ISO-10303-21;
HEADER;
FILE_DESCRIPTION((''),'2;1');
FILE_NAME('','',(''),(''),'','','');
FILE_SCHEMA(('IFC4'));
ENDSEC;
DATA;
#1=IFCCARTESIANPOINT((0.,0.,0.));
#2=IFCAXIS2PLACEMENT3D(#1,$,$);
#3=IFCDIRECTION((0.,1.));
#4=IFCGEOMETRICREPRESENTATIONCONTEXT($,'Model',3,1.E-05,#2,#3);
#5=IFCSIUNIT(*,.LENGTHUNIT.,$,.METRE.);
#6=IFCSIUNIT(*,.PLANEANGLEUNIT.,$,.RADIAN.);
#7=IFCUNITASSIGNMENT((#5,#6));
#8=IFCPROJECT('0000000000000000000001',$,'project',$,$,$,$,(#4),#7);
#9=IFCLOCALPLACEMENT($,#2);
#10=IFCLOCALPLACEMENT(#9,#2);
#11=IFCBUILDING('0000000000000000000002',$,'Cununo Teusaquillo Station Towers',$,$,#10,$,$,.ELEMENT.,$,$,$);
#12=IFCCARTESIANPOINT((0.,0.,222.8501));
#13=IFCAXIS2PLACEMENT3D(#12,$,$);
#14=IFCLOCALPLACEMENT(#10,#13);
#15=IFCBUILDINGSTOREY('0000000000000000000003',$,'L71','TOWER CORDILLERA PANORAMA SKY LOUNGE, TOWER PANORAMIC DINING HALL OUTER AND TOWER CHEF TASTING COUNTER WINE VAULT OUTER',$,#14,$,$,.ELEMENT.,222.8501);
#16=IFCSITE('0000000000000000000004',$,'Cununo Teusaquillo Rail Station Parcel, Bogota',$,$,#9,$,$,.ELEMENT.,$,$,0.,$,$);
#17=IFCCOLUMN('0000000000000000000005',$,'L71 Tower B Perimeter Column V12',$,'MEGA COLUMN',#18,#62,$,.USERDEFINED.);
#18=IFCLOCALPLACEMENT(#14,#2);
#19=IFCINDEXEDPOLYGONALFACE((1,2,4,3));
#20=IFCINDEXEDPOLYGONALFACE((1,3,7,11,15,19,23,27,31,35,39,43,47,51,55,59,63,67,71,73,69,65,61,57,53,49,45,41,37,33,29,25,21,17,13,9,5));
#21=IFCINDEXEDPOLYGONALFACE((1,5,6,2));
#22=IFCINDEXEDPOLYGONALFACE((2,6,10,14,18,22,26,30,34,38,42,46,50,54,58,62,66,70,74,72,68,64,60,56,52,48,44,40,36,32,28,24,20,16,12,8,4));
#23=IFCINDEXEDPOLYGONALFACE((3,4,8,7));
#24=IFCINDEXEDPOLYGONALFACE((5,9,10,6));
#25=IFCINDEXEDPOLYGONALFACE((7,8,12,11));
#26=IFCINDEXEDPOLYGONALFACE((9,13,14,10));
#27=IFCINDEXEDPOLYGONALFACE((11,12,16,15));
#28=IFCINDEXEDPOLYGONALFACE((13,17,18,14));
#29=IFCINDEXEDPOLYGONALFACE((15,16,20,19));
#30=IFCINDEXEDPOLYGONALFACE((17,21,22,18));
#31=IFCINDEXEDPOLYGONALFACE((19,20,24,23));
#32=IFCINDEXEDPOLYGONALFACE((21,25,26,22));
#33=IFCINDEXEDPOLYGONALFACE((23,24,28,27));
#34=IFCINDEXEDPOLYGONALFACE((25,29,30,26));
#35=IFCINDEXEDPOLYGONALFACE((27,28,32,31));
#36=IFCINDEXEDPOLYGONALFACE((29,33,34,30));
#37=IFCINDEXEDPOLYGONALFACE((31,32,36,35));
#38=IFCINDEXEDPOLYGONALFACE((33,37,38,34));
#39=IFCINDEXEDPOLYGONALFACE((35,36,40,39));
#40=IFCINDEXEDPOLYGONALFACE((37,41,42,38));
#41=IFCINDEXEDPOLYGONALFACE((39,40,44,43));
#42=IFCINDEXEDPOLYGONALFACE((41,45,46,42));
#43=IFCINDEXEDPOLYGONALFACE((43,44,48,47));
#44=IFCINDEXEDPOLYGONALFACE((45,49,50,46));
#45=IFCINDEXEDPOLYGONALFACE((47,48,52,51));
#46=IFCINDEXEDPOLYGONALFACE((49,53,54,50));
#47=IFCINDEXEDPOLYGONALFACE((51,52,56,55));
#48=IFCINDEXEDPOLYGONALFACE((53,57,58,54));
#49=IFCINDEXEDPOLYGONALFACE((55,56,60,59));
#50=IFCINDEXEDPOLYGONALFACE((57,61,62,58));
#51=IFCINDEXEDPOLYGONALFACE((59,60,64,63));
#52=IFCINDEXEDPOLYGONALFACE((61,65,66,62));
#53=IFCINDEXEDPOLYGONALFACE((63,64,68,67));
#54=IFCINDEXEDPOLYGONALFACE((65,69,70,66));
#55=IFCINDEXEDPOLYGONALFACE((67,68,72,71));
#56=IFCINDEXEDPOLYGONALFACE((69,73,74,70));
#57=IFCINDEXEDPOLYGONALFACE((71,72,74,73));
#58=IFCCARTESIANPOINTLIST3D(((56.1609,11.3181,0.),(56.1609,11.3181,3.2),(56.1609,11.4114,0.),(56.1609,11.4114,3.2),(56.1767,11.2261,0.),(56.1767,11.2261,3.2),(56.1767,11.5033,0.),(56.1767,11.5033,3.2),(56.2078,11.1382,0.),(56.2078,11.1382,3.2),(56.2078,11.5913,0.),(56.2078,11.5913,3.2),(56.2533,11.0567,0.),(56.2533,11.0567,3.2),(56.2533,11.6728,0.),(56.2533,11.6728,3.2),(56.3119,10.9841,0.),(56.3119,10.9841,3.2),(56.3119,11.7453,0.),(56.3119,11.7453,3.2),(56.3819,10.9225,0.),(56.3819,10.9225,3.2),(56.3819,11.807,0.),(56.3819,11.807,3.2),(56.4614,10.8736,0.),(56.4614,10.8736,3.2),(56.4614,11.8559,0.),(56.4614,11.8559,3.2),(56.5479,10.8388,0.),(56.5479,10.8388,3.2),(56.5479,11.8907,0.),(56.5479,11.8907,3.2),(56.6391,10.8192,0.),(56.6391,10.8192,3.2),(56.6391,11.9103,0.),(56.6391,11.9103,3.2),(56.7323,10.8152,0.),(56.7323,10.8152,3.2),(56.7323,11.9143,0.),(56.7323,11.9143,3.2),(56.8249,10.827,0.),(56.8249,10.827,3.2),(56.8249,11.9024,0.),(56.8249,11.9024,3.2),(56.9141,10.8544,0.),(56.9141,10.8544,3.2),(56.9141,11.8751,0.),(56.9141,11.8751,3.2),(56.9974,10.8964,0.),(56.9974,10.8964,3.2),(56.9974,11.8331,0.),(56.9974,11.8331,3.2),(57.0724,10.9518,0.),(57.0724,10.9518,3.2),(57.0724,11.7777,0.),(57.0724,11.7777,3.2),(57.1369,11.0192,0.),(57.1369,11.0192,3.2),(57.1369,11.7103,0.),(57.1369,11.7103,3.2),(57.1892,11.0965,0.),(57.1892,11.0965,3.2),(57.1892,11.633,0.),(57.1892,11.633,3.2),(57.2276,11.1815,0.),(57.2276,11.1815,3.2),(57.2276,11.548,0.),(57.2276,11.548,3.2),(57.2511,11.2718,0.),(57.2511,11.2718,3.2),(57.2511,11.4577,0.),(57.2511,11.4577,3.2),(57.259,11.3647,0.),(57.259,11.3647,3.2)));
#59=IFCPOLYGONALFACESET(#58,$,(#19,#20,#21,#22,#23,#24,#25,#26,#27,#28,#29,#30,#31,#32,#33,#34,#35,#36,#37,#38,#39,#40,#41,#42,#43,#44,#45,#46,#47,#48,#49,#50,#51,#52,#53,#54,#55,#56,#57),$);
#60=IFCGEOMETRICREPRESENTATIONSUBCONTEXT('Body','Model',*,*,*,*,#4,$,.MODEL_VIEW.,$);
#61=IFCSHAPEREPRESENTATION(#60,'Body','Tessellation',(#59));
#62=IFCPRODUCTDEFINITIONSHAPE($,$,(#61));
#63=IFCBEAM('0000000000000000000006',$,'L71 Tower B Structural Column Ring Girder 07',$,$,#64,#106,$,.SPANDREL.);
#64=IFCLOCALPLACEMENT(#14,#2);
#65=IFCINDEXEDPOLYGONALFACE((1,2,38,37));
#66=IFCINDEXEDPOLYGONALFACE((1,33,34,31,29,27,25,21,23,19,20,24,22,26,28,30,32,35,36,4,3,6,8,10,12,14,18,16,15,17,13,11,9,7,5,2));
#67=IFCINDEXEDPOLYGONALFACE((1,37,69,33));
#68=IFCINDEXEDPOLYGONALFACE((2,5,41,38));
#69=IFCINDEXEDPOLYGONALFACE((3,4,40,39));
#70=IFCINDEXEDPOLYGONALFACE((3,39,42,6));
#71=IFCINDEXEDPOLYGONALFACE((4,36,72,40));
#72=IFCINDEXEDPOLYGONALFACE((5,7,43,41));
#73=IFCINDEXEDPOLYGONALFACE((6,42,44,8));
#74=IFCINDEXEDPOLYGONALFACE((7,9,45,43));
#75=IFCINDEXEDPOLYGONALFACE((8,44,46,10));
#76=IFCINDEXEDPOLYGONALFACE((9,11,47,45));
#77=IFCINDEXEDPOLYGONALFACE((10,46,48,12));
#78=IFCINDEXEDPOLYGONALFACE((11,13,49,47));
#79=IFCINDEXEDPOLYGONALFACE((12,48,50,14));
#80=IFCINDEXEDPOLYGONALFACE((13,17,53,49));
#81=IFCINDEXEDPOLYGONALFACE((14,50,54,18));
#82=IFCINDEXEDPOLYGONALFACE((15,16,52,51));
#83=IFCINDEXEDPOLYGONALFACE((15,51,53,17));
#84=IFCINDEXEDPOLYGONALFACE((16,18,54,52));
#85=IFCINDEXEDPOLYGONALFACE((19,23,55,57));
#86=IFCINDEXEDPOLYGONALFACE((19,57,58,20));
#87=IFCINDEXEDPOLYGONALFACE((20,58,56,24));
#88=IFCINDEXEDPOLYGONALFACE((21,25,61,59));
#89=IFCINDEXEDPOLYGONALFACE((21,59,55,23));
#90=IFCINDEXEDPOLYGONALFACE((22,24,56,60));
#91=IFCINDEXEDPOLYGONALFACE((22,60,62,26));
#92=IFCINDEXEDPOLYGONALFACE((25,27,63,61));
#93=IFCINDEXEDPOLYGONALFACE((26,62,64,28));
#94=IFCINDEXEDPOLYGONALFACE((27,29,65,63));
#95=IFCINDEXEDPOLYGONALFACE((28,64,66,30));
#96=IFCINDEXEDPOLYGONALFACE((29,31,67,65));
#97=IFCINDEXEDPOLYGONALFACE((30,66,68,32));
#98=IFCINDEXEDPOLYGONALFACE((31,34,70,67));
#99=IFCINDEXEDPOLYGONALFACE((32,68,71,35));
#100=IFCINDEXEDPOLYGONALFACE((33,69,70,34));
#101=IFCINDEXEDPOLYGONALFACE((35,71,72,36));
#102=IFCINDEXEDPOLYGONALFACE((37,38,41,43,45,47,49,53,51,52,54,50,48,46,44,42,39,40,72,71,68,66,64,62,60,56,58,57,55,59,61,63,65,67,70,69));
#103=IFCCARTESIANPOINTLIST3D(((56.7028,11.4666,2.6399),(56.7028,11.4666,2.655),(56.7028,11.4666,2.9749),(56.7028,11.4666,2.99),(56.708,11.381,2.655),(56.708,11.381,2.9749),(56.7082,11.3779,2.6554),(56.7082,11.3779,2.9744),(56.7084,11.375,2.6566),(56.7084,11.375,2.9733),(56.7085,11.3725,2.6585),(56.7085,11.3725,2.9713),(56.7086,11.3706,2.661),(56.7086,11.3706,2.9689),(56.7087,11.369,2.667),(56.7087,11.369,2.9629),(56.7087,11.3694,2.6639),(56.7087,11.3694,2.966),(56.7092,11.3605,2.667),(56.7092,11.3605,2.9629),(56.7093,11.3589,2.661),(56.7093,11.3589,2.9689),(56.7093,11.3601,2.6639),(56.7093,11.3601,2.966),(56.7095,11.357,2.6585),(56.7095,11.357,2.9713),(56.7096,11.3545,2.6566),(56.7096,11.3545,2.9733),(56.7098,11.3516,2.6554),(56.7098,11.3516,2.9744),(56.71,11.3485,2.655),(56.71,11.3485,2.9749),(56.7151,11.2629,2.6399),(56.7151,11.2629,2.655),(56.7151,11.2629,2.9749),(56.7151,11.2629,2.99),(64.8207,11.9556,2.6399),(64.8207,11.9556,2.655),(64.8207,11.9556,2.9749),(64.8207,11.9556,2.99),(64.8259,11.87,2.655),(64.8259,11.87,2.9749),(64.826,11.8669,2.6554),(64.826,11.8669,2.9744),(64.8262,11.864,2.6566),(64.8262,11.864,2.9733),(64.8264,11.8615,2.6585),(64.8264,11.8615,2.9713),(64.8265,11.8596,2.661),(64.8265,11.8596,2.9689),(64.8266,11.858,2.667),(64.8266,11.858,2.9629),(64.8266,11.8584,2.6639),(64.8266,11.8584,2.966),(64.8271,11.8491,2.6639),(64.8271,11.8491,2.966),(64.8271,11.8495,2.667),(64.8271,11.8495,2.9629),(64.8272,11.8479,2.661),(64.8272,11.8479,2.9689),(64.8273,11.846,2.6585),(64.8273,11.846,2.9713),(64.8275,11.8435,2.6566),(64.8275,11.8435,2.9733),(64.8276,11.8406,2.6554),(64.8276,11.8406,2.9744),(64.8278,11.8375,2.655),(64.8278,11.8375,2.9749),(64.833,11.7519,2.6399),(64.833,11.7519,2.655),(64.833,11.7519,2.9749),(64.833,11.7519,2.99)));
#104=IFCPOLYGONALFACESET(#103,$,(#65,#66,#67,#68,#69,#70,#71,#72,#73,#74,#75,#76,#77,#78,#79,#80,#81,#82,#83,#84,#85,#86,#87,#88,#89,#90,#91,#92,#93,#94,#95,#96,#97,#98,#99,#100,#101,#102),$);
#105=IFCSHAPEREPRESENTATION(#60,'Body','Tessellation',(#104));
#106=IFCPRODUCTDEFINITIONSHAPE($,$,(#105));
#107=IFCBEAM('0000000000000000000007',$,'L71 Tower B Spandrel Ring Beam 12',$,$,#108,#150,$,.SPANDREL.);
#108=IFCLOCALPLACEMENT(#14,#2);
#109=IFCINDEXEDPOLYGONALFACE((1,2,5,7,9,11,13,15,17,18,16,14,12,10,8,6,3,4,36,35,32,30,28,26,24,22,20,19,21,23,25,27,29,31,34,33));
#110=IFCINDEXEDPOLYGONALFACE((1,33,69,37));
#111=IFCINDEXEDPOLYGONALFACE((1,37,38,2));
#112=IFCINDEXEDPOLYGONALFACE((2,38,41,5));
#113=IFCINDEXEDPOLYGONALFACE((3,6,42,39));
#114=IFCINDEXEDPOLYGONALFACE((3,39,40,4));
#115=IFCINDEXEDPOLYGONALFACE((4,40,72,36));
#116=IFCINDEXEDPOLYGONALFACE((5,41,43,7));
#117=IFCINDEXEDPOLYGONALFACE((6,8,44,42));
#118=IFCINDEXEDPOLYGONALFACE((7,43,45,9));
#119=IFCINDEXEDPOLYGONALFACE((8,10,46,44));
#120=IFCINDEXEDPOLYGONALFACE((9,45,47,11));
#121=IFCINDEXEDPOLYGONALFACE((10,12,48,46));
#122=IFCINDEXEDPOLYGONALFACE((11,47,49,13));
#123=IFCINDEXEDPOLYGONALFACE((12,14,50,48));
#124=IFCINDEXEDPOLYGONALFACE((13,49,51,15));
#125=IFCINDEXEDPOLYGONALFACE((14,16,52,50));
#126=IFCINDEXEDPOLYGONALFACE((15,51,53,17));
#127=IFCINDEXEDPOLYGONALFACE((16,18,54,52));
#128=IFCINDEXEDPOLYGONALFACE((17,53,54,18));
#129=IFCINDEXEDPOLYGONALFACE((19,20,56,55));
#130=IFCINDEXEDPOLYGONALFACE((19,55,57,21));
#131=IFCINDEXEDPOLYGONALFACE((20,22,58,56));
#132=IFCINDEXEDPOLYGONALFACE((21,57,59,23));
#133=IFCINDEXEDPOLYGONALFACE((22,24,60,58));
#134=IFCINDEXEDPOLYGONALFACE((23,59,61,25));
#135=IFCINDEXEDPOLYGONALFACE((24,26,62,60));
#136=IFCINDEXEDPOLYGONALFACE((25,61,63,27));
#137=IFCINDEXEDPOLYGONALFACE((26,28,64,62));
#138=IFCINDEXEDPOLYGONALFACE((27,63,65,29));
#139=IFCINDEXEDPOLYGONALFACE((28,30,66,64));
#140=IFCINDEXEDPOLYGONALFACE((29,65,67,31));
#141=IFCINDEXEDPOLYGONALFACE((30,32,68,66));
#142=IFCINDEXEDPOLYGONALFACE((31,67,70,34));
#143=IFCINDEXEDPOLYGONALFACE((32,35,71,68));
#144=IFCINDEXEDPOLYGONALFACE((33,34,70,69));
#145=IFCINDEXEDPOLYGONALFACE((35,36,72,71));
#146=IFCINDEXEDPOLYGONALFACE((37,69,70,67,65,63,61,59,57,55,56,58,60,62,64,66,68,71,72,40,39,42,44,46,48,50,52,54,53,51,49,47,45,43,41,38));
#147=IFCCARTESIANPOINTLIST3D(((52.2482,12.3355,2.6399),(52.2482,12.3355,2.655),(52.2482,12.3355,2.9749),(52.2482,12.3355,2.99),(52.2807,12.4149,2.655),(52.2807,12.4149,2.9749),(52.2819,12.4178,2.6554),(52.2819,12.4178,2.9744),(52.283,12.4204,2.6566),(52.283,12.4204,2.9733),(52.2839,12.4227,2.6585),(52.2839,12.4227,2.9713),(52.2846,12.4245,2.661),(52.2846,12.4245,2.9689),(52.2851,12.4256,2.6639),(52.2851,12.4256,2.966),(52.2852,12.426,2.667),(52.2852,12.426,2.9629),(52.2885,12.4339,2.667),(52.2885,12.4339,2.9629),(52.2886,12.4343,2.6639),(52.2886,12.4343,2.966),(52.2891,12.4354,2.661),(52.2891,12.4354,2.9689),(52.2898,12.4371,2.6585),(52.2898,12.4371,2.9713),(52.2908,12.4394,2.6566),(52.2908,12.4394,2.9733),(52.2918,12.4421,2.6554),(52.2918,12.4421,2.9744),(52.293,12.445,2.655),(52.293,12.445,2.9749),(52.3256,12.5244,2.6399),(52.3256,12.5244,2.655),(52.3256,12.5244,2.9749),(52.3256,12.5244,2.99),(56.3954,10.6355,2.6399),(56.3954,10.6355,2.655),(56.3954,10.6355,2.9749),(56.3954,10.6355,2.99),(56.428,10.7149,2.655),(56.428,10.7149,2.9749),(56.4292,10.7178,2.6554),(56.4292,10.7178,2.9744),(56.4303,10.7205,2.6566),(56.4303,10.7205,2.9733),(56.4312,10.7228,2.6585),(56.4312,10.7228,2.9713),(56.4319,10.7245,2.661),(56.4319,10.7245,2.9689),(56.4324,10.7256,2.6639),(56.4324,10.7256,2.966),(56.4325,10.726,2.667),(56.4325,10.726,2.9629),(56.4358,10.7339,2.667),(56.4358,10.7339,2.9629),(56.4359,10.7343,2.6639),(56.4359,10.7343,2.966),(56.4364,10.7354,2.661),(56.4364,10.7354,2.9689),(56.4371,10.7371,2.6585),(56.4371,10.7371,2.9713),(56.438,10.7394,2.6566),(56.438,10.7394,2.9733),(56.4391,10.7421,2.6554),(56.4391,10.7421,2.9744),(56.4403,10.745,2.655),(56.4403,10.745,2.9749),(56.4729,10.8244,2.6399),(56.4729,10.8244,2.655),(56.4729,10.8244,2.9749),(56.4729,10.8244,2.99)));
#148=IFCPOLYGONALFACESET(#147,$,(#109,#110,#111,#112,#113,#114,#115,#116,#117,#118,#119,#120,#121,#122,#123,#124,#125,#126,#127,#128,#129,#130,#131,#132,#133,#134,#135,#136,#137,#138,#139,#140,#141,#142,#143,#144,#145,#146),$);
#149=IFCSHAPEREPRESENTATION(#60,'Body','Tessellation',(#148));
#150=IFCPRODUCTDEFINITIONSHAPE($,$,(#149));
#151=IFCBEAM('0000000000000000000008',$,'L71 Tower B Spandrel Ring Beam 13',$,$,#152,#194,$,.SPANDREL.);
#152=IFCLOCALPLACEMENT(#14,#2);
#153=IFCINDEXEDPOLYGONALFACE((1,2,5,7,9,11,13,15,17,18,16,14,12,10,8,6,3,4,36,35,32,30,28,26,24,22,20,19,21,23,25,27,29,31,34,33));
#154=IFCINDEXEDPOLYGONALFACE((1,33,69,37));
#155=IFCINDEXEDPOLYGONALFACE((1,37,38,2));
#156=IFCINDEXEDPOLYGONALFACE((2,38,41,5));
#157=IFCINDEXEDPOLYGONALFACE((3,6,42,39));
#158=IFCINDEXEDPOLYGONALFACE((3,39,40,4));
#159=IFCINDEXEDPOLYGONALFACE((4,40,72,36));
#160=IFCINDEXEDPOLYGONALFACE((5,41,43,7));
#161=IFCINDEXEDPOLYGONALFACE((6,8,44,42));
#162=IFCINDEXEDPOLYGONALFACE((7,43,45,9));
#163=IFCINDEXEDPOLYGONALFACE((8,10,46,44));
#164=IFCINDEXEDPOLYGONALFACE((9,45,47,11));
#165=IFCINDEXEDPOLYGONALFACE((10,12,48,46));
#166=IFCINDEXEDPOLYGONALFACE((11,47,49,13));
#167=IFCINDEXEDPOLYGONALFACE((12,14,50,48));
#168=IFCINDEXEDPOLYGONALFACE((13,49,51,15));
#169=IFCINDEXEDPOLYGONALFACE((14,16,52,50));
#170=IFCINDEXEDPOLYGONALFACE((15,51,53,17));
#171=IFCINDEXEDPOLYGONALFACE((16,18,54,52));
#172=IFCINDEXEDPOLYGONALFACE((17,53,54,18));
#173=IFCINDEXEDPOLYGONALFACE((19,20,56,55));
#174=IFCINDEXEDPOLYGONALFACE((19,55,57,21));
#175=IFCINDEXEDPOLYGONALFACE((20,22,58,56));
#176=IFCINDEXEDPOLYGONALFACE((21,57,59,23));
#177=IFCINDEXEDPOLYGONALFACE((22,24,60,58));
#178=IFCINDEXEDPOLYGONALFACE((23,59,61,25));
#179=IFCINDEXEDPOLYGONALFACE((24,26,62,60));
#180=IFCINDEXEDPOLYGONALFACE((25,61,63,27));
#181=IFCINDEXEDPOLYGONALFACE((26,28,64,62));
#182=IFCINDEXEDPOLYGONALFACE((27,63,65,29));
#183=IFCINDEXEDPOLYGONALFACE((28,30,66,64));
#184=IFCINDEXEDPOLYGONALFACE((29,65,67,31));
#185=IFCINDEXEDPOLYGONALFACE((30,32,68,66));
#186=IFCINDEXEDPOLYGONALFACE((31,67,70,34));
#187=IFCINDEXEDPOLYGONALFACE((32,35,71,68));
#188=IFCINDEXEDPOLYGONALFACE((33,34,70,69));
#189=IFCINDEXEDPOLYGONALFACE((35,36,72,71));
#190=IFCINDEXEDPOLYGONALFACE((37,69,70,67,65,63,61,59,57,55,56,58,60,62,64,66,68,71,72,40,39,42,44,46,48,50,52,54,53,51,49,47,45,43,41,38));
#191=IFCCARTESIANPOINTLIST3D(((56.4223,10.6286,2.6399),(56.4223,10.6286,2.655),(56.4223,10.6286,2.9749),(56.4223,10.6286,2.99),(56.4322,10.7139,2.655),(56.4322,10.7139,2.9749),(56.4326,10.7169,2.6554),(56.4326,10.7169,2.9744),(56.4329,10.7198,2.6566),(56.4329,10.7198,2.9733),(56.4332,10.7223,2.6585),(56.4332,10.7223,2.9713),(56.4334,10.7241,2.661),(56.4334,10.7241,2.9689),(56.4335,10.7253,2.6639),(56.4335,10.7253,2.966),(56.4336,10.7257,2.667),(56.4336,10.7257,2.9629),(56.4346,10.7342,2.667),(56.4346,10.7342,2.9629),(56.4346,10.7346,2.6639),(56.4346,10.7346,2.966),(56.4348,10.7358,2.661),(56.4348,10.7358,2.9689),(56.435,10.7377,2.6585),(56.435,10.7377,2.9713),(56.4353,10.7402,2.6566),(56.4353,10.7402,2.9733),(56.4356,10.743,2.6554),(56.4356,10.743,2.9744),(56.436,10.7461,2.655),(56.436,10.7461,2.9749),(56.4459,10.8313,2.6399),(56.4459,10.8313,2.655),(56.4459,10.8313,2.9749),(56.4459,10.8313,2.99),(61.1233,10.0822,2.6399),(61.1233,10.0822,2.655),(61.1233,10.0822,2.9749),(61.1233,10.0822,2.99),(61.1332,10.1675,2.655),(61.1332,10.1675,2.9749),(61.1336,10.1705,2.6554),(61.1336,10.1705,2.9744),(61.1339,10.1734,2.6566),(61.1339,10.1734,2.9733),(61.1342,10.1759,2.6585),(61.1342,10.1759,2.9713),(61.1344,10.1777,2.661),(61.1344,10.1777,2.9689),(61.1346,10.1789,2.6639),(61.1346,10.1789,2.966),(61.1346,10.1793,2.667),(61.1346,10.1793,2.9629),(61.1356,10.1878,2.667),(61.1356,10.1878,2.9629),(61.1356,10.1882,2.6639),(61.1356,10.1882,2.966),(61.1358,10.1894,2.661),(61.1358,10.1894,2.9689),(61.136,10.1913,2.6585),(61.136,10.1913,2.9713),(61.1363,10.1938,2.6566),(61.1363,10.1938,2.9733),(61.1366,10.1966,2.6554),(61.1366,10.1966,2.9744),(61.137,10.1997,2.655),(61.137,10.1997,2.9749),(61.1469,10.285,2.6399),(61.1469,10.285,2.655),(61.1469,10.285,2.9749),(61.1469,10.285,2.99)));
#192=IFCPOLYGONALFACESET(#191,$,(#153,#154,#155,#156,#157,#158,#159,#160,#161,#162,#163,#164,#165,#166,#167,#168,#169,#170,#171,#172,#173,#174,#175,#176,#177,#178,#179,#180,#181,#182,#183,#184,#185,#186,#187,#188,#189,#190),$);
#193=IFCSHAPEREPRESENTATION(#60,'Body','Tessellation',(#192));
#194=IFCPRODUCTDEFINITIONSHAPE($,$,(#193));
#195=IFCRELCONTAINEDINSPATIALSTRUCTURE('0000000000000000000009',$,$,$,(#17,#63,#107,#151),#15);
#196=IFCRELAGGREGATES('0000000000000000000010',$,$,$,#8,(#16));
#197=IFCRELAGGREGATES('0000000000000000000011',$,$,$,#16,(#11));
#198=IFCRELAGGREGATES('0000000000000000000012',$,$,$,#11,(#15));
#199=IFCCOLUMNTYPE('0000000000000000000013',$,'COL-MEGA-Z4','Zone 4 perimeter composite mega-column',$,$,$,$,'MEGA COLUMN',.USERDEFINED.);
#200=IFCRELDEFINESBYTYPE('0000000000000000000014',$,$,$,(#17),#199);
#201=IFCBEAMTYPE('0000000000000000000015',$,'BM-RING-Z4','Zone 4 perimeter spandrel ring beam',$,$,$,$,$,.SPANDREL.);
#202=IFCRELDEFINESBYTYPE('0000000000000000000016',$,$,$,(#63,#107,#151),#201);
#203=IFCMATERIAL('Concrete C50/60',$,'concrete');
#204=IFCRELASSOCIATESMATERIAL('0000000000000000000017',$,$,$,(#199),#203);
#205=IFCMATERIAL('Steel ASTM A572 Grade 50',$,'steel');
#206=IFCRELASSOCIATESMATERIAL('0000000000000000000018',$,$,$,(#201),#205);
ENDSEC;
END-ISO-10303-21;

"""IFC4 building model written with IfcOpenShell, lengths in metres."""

from ifc_helpers import new_model, si_unit, direction, frame, origin, origin_2d, place, context, subcontext, project, spatial, circle, i_section, extrude, material, material_profile, profile_set, type_object, element, save


model = new_model("IFC4")

# Units and contexts
model_context = context("Model", 3, precision=1e-05, world=origin(), true_north=direction((0.0, 1.0)))
body_context = subcontext(model_context, "Body", "Model", "MODEL_VIEW")
ifc_project = project(units=[si_unit("LENGTHUNIT", "METRE"), si_unit("PLANEANGLEUNIT", "RADIAN")], contexts=[model_context])

# Site, building, storey
site_placement = place(None, origin())
site = spatial("IfcSite", under=ifc_project, at=site_placement, Name="Cununo Teusaquillo Rail Station Parcel, Bogota", CompositionType="ELEMENT", RefElevation=0.0)
building_placement = place(site_placement, origin())
building = spatial("IfcBuilding", under=site, at=building_placement, Name="Cununo Teusaquillo Station Towers", CompositionType="ELEMENT")
storey_placement = place(building_placement, frame((0.0, 0.0, 222.8501)))
storey = spatial("IfcBuildingStorey", under=building, at=storey_placement, Name="L71", Description="TOWER CORDILLERA PANORAMA SKY LOUNGE, TOWER PANORAMIC DINING HALL OUTER AND TOWER CHEF TASTING COUNTER WINE VAULT OUTER", CompositionType="ELEMENT", Elevation=222.8501)

# Column
ifc_material_1 = material(Name="Concrete C50/60", Category="concrete")
ifc_material_profile_1 = material_profile(ifc_material_1, circle(Radius=0.55, at=origin_2d()), Name="RC-CIRC-1100")
ifc_profile_set_1 = profile_set([ifc_material_profile_1], Name="Concrete C50/60")
column_type = type_object("IfcColumnType", Name="COL-MEGA-Z4", Description="Zone 4 perimeter composite mega-column", ElementType="MEGA COLUMN", PredefinedType="USERDEFINED", material=ifc_profile_set_1)
column_placement = place(storey_placement, frame((56.709, 11.3647, 0.0), z_axis=(0.0, 0.0, 1.0), x_axis=(1.0, 0.0, 0.0)))
element("IfcColumn", 1, at=column_placement, inside=storey, type_object=column_type, Name="L71 Tower B Perimeter Column V12", ObjectType="MEGA COLUMN", PredefinedType="USERDEFINED", context=body_context, shape_type="SweptSolid", body=[
    extrude(circle(Radius=0.55, at=origin_2d()), origin(), (0.0, 0.0, 1.0), 3.2),
])

# Beams
ifc_material_2 = material(Name="Steel ASTM A572 Grade 50", Category="steel")
ifc_material_profile_2 = material_profile(ifc_material_2, i_section(OverallWidth=0.2041, OverallDepth=0.3501, WebThickness=0.0085, FlangeThickness=0.0151, FilletRadius=0.012, at=origin_2d()), Name="W14X48")
ifc_profile_set_2 = profile_set([ifc_material_profile_2], Name="Steel ASTM A572 Grade 50")
beam_type = type_object("IfcBeamType", Name="BM-RING-Z4", Description="Zone 4 perimeter spandrel ring beam", PredefinedType="SPANDREL", material=ifc_profile_set_2)
beam_1_placement = place(storey_placement, frame((56.709, 11.3647, 2.8149), z_axis=(0.998191, 0.06013, 0.0), x_axis=(-0.06013, 0.998191, 0.0)))
element("IfcBeam", 2, at=beam_1_placement, inside=storey, type_object=beam_type, Name="L71 Tower B Structural Column Ring Girder 07", PredefinedType="SPANDREL", context=body_context, shape_type="SweptSolid", body=[
    extrude(i_section(OverallWidth=0.2041, OverallDepth=0.3501, WebThickness=0.0085, FlangeThickness=0.0151, FilletRadius=0.012, at=origin_2d()), origin(), (0.0, 0.0, 1.0), 8.1326),
])
beam_2_placement = place(storey_placement, frame((52.2869, 12.4299, 2.8149), z_axis=(0.925284, -0.379275, 0.0), x_axis=(0.379275, 0.925284, 0.0)))
element("IfcBeam", 3, at=beam_2_placement, inside=storey, type_object=beam_type, Name="L71 Tower B Spandrel Ring Beam 12", PredefinedType="SPANDREL", context=body_context, shape_type="SweptSolid", body=[
    extrude(i_section(OverallWidth=0.2041, OverallDepth=0.3501, WebThickness=0.0085, FlangeThickness=0.0151, FilletRadius=0.012, at=origin_2d()), origin(), (0.0, 0.0, 1.0), 4.4822),
])
beam_3_placement = place(storey_placement, frame((56.4341, 10.73, 2.8149), z_axis=(0.993313, -0.115452, 0.0), x_axis=(0.115452, 0.993313, 0.0)))
element("IfcBeam", 4, at=beam_3_placement, inside=storey, type_object=beam_type, Name="L71 Tower B Spandrel Ring Beam 13", PredefinedType="SPANDREL", context=body_context, shape_type="SweptSolid", body=[
    extrude(i_section(OverallWidth=0.2041, OverallDepth=0.3501, WebThickness=0.0085, FlangeThickness=0.0151, FilletRadius=0.012, at=origin_2d()), origin(), (0.0, 0.0, 1.0), 4.7327),
])

save(model, "model.ifc")
